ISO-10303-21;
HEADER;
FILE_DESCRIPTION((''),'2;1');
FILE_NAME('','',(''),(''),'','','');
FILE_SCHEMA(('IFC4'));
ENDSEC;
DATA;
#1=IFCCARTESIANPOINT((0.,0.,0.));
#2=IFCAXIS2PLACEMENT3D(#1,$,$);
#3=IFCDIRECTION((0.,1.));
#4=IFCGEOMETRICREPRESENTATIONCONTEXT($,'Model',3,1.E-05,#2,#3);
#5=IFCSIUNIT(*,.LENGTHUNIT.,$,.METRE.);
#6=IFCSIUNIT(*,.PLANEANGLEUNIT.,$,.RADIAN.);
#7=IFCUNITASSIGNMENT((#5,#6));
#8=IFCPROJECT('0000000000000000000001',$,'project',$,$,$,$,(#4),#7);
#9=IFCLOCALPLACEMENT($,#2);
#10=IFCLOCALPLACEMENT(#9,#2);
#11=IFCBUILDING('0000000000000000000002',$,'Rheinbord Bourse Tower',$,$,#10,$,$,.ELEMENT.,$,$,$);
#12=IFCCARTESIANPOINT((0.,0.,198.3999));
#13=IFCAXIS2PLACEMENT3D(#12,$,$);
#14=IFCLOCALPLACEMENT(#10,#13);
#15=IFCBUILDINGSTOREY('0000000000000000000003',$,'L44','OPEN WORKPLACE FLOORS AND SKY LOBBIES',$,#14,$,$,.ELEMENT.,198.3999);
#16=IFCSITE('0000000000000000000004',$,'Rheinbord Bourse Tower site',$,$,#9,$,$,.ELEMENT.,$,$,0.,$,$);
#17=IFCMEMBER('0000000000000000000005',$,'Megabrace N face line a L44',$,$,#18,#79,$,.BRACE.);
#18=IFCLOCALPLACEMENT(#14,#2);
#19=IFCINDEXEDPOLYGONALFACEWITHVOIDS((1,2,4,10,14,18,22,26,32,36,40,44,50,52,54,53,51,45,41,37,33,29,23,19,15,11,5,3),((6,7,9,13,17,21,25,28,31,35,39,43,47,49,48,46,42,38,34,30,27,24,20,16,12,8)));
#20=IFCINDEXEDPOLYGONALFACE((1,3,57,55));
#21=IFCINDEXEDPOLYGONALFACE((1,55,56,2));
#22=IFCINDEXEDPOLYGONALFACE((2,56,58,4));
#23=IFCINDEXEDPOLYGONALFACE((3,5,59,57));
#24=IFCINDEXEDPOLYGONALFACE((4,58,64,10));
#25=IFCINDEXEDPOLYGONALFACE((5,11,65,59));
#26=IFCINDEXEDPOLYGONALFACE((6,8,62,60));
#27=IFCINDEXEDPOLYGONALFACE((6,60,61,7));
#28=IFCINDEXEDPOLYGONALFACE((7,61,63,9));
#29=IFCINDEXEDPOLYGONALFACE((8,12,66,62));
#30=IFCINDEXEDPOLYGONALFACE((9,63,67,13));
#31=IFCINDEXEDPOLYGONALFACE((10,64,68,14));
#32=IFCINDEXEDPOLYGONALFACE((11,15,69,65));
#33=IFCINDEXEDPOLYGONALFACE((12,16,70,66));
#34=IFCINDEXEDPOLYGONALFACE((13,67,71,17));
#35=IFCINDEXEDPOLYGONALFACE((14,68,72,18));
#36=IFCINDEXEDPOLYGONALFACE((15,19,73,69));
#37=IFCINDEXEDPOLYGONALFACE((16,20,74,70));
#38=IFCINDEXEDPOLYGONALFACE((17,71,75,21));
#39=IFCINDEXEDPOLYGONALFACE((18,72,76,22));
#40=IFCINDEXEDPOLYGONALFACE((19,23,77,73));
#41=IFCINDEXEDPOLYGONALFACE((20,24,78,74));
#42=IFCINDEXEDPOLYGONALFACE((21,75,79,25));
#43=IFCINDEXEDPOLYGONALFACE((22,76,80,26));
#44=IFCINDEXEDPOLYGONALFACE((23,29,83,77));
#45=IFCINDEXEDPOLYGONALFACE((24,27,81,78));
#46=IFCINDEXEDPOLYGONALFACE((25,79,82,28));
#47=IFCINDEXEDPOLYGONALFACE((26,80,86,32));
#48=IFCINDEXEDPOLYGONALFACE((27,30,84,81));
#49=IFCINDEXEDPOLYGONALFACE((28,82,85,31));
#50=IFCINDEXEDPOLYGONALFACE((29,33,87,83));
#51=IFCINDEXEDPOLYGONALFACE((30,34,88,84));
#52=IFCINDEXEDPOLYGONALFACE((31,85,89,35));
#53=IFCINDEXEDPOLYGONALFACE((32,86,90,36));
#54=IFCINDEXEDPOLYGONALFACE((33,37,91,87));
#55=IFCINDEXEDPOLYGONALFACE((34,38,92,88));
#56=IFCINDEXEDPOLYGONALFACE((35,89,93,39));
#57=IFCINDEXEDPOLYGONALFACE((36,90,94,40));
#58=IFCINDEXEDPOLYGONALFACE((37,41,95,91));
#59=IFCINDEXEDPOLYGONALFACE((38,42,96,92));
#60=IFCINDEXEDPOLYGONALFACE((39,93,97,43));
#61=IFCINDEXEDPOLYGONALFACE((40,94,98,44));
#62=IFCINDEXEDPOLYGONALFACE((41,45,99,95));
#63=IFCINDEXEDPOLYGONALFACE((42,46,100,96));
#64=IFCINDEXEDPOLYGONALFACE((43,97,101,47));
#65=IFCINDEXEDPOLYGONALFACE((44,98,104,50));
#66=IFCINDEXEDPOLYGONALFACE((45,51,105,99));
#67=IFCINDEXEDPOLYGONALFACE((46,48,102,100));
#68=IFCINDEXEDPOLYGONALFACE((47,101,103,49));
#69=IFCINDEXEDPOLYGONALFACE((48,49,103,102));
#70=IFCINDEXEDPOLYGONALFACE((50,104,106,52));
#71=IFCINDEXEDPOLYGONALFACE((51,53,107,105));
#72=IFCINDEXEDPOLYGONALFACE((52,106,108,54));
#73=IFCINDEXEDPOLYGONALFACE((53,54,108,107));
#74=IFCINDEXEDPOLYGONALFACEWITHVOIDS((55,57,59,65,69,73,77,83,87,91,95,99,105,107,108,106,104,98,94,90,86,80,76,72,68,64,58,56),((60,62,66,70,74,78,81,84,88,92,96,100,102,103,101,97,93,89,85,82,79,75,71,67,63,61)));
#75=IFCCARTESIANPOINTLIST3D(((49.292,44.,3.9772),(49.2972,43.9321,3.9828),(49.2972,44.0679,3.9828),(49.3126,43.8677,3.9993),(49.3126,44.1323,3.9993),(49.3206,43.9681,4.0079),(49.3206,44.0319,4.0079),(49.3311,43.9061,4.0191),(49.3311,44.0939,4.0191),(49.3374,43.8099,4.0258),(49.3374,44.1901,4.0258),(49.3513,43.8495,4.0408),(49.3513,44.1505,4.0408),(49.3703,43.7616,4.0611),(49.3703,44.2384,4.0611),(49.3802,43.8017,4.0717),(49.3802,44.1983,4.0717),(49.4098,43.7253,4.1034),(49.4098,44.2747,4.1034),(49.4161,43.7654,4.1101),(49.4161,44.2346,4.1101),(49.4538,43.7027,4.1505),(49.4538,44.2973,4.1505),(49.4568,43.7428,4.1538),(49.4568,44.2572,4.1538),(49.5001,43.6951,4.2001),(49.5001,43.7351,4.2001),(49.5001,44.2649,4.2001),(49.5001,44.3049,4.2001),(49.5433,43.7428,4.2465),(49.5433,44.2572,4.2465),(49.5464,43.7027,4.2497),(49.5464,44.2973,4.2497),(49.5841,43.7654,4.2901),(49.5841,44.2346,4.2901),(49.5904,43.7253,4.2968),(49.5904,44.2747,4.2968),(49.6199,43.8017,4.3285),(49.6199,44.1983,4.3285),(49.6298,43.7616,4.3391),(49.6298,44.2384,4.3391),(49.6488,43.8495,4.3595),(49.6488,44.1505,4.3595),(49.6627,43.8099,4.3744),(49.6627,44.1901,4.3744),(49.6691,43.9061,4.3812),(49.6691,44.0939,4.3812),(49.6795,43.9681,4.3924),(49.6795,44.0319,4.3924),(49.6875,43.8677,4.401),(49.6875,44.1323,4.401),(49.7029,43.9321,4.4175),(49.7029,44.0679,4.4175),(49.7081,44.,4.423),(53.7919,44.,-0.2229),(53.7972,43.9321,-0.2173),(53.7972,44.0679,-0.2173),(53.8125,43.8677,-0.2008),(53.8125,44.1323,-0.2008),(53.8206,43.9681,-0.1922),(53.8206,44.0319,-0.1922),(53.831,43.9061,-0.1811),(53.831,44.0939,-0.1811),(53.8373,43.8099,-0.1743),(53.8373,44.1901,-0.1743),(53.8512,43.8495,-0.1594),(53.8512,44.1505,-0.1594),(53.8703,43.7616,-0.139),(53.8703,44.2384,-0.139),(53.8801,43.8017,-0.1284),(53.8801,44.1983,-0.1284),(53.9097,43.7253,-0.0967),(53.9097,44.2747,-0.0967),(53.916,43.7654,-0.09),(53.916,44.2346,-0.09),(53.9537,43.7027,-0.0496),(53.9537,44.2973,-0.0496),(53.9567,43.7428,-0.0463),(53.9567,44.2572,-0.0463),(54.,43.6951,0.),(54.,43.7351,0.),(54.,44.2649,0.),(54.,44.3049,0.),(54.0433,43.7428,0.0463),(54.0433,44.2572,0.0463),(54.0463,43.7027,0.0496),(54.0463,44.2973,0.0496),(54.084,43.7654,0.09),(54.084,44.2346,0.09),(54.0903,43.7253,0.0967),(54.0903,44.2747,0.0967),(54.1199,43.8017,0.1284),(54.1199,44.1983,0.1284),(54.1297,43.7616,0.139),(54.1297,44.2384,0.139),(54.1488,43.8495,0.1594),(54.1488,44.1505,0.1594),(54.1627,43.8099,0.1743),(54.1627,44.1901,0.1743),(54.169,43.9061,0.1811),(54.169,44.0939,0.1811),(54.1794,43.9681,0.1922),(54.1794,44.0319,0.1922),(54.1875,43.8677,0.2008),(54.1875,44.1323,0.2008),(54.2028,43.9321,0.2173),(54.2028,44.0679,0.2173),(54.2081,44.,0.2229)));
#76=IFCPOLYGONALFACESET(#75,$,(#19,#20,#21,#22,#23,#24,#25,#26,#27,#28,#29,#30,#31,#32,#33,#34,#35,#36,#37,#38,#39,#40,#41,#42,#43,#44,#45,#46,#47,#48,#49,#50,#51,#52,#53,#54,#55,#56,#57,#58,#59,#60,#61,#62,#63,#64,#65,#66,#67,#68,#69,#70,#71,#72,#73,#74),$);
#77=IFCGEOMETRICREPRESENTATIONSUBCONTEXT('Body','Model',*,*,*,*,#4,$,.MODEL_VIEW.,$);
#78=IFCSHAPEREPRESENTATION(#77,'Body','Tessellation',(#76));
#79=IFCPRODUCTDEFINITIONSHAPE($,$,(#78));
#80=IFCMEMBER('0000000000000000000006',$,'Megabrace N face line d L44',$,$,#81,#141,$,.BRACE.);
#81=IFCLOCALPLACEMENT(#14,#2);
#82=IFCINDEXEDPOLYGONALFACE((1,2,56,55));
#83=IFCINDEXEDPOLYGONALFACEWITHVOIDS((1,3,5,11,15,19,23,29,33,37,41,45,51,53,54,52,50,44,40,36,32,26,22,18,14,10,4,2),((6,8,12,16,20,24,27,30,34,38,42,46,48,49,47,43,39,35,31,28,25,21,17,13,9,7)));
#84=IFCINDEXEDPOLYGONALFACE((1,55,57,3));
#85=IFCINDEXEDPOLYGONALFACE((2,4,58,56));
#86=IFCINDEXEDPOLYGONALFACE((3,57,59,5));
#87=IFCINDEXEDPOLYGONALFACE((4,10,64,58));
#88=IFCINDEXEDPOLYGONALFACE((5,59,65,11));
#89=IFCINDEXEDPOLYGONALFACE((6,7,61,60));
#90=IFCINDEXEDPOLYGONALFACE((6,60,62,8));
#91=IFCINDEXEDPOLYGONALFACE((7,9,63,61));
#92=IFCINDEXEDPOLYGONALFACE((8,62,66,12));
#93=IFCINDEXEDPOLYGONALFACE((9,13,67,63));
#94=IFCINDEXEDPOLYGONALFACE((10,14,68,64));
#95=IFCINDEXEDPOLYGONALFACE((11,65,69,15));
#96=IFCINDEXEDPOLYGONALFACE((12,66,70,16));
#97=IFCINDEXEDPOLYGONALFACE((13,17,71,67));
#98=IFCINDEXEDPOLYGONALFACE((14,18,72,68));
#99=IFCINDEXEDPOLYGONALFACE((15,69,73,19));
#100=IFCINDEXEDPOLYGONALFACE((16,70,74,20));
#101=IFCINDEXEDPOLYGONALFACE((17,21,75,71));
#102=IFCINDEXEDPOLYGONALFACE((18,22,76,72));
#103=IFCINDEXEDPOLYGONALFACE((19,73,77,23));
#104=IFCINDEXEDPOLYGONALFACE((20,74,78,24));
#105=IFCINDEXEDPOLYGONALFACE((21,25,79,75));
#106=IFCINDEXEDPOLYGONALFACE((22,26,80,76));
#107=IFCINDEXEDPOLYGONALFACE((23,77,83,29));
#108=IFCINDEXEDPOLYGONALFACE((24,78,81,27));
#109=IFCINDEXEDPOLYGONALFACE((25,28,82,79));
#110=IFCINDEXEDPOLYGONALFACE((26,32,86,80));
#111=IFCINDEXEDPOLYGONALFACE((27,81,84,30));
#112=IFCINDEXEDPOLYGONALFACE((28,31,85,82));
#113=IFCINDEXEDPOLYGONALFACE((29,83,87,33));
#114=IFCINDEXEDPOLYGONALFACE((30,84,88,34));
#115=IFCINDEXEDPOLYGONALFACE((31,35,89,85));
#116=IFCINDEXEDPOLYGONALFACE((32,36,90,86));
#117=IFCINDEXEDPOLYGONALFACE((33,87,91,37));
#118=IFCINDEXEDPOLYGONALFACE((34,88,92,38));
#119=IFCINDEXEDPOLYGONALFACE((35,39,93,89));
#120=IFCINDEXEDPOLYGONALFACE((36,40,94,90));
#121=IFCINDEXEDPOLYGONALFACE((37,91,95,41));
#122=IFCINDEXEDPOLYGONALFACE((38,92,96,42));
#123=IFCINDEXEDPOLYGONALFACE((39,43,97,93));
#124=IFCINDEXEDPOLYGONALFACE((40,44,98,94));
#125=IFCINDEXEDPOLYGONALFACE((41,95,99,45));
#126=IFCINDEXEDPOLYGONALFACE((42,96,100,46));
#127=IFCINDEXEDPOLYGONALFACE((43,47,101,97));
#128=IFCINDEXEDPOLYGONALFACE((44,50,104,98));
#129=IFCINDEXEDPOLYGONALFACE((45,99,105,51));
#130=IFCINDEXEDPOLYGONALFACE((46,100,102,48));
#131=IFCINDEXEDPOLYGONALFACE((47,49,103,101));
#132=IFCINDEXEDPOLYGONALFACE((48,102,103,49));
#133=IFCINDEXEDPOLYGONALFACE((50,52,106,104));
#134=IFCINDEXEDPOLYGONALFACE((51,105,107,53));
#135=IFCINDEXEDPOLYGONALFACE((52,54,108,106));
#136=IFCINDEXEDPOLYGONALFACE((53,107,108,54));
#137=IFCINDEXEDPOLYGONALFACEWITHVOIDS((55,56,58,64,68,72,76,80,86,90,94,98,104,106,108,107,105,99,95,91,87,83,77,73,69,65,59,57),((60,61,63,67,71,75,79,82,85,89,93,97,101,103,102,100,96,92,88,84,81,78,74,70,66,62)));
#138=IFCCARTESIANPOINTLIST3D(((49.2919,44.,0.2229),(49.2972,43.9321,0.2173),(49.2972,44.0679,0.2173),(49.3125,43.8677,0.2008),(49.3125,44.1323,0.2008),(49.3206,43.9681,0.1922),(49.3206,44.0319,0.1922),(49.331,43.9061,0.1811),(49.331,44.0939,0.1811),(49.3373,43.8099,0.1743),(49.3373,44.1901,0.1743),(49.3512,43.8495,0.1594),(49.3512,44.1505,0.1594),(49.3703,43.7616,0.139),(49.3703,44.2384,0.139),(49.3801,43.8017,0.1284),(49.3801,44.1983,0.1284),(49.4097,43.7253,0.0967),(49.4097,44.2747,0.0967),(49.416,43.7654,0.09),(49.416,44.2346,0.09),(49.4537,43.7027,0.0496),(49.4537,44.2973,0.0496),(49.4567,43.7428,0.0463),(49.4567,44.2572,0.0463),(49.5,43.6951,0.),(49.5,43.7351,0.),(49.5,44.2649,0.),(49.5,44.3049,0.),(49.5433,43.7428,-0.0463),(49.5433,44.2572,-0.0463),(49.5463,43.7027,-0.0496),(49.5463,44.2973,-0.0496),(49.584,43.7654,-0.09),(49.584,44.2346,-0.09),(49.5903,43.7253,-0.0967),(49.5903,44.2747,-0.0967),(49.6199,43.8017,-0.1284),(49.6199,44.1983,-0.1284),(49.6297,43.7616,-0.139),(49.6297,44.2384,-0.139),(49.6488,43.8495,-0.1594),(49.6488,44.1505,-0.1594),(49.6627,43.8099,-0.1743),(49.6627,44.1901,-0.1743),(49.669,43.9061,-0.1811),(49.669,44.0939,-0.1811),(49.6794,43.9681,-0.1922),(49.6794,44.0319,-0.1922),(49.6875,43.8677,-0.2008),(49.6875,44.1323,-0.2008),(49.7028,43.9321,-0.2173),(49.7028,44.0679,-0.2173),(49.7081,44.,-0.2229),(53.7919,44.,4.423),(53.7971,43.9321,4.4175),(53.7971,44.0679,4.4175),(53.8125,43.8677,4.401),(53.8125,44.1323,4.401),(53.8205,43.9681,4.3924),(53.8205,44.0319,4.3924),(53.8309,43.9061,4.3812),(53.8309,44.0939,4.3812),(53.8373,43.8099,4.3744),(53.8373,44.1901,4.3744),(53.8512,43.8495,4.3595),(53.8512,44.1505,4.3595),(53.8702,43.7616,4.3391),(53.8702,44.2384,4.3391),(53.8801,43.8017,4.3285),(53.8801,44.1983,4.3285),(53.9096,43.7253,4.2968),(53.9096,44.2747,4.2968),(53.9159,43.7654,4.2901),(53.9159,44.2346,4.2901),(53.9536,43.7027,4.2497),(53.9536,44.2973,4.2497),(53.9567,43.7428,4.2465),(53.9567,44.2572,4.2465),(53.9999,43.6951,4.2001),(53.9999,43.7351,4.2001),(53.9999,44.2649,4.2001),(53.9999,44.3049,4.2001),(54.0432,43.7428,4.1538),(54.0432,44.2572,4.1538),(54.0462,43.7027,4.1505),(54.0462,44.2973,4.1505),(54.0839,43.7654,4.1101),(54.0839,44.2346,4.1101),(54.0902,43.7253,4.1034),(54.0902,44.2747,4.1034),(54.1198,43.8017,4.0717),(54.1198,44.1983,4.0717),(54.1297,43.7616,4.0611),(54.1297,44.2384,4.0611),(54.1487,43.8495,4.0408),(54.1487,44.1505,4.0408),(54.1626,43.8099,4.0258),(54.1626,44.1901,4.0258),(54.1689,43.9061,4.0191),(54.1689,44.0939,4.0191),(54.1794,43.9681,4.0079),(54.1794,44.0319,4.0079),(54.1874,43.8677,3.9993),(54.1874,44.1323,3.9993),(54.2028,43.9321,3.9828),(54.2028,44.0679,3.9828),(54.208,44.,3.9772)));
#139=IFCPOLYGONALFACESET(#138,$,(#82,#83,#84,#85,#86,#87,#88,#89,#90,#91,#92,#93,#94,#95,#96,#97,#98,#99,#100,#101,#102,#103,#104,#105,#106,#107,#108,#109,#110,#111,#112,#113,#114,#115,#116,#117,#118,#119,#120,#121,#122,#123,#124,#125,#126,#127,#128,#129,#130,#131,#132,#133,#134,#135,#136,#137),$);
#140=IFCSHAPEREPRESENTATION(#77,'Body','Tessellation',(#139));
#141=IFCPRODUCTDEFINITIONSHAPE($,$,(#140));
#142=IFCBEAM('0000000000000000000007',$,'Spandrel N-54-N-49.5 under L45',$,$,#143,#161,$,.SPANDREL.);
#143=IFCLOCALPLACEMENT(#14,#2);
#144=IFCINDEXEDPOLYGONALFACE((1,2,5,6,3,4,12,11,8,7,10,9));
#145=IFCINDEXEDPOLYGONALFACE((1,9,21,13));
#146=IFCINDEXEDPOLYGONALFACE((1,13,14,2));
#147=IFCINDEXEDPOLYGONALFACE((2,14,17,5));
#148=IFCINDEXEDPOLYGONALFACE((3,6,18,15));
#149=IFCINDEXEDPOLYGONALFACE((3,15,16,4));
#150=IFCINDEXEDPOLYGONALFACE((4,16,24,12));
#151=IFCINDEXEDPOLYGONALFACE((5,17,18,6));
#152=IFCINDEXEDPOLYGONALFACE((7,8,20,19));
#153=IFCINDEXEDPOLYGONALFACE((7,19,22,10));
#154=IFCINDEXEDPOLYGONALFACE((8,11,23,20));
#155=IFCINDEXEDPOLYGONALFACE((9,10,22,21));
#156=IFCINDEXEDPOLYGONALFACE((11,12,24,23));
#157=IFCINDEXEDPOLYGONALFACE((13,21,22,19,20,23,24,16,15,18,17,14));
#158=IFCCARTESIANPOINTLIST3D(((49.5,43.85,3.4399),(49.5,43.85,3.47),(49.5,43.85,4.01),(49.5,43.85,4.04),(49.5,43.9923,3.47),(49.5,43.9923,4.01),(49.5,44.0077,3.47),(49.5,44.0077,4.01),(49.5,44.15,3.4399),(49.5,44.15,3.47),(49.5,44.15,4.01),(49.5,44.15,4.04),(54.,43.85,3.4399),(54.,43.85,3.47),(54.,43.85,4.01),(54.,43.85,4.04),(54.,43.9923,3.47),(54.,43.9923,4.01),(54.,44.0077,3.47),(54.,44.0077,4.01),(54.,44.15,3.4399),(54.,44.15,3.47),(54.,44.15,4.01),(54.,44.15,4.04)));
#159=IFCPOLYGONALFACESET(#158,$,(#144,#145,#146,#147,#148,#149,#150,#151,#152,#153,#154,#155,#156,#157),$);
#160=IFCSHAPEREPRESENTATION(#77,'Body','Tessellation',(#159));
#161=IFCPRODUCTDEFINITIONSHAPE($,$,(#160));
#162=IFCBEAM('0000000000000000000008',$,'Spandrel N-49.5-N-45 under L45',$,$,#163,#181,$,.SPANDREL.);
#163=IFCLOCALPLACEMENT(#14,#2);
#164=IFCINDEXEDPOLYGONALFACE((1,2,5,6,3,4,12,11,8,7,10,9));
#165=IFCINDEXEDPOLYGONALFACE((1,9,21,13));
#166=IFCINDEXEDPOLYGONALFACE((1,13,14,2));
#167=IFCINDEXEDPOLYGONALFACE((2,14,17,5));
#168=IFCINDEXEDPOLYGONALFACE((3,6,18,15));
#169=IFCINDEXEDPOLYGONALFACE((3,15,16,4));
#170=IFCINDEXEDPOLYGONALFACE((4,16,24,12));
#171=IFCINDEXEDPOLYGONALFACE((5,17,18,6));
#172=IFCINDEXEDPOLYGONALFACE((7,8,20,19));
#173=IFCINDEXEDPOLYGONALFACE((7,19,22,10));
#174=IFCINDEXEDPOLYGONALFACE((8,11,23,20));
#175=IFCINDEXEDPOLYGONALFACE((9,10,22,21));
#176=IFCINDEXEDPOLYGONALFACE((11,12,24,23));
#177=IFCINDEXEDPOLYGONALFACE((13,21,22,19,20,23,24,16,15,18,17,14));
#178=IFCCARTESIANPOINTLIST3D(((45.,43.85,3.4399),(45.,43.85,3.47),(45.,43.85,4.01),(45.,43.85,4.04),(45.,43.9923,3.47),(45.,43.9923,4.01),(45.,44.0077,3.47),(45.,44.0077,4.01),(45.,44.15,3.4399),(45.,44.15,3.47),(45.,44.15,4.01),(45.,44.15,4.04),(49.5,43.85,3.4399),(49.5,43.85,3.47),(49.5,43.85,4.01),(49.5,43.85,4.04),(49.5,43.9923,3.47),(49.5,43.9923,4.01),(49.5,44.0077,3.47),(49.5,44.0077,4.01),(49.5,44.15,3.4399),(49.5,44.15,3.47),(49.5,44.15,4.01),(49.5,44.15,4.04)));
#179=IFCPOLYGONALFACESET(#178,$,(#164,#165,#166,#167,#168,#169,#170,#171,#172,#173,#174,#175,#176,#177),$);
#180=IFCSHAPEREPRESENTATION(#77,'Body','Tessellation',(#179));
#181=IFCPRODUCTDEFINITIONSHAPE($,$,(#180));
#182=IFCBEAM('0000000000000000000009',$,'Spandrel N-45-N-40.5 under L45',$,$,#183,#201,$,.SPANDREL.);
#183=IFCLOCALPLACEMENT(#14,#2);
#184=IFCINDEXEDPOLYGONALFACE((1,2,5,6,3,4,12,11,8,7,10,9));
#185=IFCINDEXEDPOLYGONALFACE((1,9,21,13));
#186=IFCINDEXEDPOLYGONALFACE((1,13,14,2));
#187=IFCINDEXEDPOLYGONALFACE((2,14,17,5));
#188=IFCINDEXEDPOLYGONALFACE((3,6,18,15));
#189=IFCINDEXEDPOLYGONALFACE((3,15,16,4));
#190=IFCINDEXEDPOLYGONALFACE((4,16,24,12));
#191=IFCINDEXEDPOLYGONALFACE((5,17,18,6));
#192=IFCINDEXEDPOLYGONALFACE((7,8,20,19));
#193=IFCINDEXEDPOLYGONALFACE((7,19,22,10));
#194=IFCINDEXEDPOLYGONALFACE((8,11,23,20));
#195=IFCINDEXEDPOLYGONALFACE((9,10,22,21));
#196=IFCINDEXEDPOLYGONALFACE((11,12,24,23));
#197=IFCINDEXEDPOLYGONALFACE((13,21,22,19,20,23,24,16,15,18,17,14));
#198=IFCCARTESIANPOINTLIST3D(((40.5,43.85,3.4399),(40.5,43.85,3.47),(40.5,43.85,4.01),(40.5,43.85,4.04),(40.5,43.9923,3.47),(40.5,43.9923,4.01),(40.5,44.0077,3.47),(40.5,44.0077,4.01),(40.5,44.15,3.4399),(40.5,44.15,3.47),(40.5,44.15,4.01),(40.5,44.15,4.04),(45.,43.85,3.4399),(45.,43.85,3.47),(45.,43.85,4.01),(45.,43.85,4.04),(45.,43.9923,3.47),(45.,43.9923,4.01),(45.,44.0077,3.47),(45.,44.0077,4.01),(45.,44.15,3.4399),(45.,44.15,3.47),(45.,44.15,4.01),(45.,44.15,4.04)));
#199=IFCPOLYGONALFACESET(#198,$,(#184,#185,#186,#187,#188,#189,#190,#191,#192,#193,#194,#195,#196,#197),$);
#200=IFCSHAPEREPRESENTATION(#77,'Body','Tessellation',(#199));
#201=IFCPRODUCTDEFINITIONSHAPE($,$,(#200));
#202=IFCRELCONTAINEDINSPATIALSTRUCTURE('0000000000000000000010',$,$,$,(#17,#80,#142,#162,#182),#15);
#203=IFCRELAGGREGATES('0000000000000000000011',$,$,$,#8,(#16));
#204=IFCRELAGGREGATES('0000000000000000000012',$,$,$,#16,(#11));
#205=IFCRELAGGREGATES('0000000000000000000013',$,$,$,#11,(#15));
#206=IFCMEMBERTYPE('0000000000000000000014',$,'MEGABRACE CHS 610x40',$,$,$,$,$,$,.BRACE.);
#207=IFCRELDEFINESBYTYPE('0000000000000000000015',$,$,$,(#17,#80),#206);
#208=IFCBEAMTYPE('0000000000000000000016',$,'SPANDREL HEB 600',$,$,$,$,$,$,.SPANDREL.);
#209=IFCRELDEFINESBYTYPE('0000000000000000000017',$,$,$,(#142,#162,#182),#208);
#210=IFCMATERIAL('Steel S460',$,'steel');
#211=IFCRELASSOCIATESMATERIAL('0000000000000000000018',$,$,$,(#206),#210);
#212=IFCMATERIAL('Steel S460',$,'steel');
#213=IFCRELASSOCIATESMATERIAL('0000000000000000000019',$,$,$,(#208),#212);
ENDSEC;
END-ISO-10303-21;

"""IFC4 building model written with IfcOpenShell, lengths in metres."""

from ifc_helpers import new_model, si_unit, direction, frame, origin, origin_2d, place, context, subcontext, project, spatial, hollow_circle, i_section, extrude, material, material_profile, profile_set, type_object, element, save


model = new_model("IFC4")

# Units and contexts
model_context = context("Model", 3, precision=1e-05, world=origin(), true_north=direction((0.0, 1.0)))
body_context = subcontext(model_context, "Body", "Model", "MODEL_VIEW")
ifc_project = project(units=[si_unit("LENGTHUNIT", "METRE"), si_unit("PLANEANGLEUNIT", "RADIAN")], contexts=[model_context])

# Site, building, storey
site_placement = place(None, origin())
site = spatial("IfcSite", under=ifc_project, at=site_placement, Name="Rheinbord Bourse Tower site", CompositionType="ELEMENT", RefElevation=0.0)
building_placement = place(site_placement, origin())
building = spatial("IfcBuilding", under=site, at=building_placement, Name="Rheinbord Bourse Tower", CompositionType="ELEMENT")
storey_placement = place(building_placement, frame((0.0, 0.0, 198.3999)))
storey = spatial("IfcBuildingStorey", under=building, at=storey_placement, Name="L44", Description="OPEN WORKPLACE FLOORS AND SKY LOBBIES", CompositionType="ELEMENT", Elevation=198.3999)

# Members
ifc_material_1 = material(Name="Steel S460", Category="steel")
ifc_material_profile_1 = material_profile(ifc_material_1, hollow_circle(Radius=0.3049, WallThickness=0.04, at=origin_2d()), Name="CHS 610x40")
ifc_profile_set_1 = profile_set([ifc_material_profile_1], Name="Steel S460")
member_type_1 = type_object("IfcMemberType", Name="MEGABRACE CHS 610x40", PredefinedType="BRACE", material=ifc_profile_set_1)
for number, where, z_axis, x_axis, name in (
    (1, (54.0, 44.0, 0.0), (-0.731039, 0.0, 0.682335), (0.0, -1.0, 0.0), "Megabrace N face line a L44"),
    (2, (49.5, 44.0, 0.0), (0.731039, 0.0, 0.682335), (0.0, 1.0, 0.0), "Megabrace N face line d L44"),
):
    element("IfcMember", number, at=place(storey_placement, frame(where, z_axis=z_axis, x_axis=x_axis)), inside=storey, type_object=member_type_1, Name=name, PredefinedType="BRACE", context=body_context, shape_type="SweptSolid", body=[
        extrude(hollow_circle(Radius=0.3049, WallThickness=0.04, at=origin_2d()), origin(), (0.0, 0.0, 1.0), 6.1555),
    ])

# Beams
ifc_material_2 = material(Name="Steel S460", Category="steel")
ifc_material_profile_2 = material_profile(ifc_material_2, i_section(OverallWidth=0.3, OverallDepth=0.6001, WebThickness=0.0154, FlangeThickness=0.03, at=origin_2d()), Name="HEB 600")
ifc_profile_set_2 = profile_set([ifc_material_profile_2], Name="Steel S460")
beam_type_1 = type_object("IfcBeamType", Name="SPANDREL HEB 600", PredefinedType="SPANDREL", material=ifc_profile_set_2)
for number, where, z_axis, x_axis, name in (
    (3, (54.0, 44.0, 3.74), (-1.0, 0.0, 0.0), (0.0, -1.0, 0.0), "Spandrel N-54-N-49.5 under L45"),
    (4, (49.5, 44.0, 3.74), (-1.0, 0.0, 0.0), (0.0, -1.0, 0.0), "Spandrel N-49.5-N-45 under L45"),
    (5, (45.0, 44.0, 3.74), (-1.0, 0.0, 0.0), (0.0, -1.0, 0.0), "Spandrel N-45-N-40.5 under L45"),
):
    element("IfcBeam", number, at=place(storey_placement, frame(where, z_axis=z_axis, x_axis=x_axis)), inside=storey, type_object=beam_type_1, Name=name, PredefinedType="SPANDREL", context=body_context, shape_type="SweptSolid", body=[
        extrude(i_section(OverallWidth=0.3, OverallDepth=0.6001, WebThickness=0.0154, FlangeThickness=0.03, at=origin_2d()), origin(), (0.0, 0.0, 1.0), 4.5),
    ])

save(model, "model.ifc")
